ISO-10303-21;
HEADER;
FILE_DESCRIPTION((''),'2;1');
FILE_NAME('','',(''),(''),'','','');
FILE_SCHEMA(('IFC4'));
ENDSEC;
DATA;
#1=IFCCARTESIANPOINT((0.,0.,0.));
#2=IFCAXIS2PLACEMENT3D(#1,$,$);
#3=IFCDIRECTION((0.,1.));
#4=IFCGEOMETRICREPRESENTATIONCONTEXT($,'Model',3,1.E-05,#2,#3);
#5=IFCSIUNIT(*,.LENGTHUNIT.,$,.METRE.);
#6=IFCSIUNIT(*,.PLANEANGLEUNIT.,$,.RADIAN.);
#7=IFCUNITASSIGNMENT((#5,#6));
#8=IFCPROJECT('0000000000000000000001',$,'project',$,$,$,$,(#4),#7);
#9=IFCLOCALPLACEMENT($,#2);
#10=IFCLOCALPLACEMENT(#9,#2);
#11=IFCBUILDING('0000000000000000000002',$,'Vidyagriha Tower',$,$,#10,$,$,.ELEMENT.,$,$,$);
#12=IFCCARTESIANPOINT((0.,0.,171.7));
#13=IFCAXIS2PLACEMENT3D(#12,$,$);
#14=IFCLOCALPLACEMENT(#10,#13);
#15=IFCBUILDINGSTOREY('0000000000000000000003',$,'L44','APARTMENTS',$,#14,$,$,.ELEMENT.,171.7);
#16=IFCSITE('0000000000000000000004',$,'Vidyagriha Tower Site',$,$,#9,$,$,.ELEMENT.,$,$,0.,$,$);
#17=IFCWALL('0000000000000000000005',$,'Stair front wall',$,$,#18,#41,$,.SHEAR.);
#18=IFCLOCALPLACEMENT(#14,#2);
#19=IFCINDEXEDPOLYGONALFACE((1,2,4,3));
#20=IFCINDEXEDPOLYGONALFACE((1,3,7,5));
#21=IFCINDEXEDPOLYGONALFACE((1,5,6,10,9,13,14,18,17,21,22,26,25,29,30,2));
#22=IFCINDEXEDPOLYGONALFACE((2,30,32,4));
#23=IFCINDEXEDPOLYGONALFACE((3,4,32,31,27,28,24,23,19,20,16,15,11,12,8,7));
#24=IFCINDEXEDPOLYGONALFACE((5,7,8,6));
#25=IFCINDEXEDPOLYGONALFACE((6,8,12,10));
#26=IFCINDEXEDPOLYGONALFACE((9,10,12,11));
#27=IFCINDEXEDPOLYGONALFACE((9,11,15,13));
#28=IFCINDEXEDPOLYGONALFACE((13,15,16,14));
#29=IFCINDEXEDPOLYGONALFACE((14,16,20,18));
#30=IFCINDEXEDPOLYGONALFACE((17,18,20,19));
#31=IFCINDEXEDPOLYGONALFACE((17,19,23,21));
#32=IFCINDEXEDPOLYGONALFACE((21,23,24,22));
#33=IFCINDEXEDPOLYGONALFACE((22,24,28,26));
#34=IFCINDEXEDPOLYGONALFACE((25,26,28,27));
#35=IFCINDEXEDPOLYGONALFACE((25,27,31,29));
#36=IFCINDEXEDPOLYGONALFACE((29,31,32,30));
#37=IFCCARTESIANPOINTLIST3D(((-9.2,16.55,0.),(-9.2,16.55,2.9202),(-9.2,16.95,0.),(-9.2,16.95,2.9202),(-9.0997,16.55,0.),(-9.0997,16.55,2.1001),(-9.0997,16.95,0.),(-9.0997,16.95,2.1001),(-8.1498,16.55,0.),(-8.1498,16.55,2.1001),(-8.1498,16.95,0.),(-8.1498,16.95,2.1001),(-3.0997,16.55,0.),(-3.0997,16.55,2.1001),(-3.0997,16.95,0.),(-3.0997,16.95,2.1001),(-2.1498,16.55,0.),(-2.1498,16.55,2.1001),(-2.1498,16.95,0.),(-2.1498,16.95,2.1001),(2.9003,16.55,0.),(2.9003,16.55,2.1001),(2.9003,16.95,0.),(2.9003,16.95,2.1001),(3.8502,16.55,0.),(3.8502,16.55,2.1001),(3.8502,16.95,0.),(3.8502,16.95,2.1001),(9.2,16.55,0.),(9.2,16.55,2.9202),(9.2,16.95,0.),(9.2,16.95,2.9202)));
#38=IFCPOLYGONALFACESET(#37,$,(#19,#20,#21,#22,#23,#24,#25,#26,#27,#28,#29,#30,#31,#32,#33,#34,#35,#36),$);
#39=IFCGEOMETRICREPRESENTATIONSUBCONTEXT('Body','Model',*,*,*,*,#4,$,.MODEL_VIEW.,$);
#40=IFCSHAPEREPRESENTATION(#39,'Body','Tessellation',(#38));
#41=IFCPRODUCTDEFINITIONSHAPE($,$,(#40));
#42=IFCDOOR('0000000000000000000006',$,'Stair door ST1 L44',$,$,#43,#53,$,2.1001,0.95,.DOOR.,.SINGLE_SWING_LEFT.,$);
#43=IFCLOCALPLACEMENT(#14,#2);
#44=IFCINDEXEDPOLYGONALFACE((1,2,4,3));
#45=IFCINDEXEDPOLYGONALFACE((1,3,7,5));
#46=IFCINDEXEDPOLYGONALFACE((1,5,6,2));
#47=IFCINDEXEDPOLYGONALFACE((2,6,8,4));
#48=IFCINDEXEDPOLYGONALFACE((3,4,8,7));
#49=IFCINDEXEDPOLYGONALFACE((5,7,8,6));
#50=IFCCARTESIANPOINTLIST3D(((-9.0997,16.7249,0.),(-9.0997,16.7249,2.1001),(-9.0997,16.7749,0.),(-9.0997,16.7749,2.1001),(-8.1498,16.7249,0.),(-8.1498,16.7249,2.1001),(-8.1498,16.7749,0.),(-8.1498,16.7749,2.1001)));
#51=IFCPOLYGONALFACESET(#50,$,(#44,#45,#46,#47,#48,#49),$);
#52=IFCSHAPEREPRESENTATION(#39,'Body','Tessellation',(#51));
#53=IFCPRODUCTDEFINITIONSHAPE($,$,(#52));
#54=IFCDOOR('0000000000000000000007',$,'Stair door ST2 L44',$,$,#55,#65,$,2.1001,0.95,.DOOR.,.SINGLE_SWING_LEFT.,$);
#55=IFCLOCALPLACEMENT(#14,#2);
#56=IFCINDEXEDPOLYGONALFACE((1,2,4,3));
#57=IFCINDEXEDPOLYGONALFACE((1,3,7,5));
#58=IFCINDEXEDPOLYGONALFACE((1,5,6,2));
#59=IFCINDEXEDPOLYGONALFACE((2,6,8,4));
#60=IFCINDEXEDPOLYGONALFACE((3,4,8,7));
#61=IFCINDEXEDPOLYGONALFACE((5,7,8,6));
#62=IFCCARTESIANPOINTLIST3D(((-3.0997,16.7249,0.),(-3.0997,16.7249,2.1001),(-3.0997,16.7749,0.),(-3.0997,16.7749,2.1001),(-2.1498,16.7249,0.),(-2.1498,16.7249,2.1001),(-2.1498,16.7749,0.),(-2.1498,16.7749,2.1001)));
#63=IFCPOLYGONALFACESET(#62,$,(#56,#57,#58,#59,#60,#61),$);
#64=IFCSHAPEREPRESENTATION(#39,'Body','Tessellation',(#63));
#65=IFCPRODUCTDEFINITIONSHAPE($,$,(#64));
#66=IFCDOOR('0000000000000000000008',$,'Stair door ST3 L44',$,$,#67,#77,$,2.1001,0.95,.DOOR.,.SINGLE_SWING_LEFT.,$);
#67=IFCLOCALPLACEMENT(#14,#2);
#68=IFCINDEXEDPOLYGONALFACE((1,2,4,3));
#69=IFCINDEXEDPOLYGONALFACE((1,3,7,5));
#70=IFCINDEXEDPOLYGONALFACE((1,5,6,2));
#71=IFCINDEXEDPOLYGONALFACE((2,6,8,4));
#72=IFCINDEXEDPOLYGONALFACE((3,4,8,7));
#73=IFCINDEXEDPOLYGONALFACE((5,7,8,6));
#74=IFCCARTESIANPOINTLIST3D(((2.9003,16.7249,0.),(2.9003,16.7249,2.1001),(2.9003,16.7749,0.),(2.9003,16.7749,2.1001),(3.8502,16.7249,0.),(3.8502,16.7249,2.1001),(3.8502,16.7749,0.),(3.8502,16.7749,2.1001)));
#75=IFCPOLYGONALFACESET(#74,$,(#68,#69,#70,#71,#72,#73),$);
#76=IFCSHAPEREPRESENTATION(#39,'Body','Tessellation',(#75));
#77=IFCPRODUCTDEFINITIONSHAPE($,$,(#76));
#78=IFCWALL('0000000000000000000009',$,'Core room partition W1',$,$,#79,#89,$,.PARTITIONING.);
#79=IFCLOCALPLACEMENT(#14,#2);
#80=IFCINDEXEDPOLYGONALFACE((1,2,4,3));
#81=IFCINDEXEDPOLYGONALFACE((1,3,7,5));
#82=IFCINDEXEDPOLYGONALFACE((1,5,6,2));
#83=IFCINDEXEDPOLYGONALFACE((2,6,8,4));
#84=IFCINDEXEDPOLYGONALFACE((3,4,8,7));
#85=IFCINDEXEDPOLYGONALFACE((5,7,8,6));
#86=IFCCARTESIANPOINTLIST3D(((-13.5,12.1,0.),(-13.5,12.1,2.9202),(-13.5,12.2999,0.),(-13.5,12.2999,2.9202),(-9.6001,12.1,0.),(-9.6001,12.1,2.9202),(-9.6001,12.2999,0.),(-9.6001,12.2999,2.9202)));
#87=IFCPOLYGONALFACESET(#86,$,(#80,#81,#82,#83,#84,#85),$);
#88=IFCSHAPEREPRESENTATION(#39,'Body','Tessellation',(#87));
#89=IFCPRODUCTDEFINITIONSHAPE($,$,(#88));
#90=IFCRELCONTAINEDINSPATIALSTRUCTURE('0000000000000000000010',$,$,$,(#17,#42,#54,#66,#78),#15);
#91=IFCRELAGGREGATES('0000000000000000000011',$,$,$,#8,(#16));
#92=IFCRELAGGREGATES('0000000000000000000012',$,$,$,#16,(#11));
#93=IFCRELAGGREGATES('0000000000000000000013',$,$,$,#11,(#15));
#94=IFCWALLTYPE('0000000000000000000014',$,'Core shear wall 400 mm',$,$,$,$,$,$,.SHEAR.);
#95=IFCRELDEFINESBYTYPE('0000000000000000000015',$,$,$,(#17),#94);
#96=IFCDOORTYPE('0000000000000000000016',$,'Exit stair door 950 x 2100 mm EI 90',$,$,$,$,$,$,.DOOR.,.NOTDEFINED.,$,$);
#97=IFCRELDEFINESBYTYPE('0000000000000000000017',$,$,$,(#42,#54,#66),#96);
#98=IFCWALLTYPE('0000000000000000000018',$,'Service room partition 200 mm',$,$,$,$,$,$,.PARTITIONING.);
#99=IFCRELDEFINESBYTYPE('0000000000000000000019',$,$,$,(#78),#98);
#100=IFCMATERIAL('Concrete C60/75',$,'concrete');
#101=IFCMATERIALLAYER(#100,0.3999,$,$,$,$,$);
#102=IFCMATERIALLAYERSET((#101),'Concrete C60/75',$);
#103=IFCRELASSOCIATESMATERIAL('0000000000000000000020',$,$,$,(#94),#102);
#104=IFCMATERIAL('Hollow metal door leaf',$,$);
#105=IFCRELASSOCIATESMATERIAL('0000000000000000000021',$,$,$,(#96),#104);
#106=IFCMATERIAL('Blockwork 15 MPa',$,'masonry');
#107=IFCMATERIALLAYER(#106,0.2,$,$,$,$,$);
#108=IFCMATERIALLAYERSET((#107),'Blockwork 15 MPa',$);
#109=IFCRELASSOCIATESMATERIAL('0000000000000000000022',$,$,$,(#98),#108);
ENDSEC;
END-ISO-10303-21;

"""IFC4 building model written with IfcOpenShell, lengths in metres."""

from ifc_helpers import new_model, si_unit, direction, frame, frame_2d, origin, place, context, subcontext, project, spatial, rectangle, extrude, material, layer, layer_set, type_object, element, fill, save


model = new_model("IFC4")

# Units and contexts
model_context = context("Model", 3, precision=1e-05, world=origin(), true_north=direction((0.0, 1.0)))
body_context = subcontext(model_context, "Body", "Model", "MODEL_VIEW")
ifc_project = project(units=[si_unit("LENGTHUNIT", "METRE"), si_unit("PLANEANGLEUNIT", "RADIAN")], contexts=[model_context])

# Site, building, storey
site_placement = place(None, origin())
site = spatial("IfcSite", under=ifc_project, at=site_placement, Name="Vidyagriha Tower Site", CompositionType="ELEMENT", RefElevation=0.0)
building_placement = place(site_placement, origin())
building = spatial("IfcBuilding", under=site, at=building_placement, Name="Vidyagriha Tower", CompositionType="ELEMENT")
storey_placement = place(building_placement, frame((0.0, 0.0, 171.7)))
storey = spatial("IfcBuildingStorey", under=building, at=storey_placement, Name="L44", Description="APARTMENTS", CompositionType="ELEMENT", Elevation=171.7)

# Shared definitions
ifc_material_1 = material(Name="Concrete C60/75", Category="concrete")
ifc_layer_1 = layer(ifc_material_1, 0.3999)
ifc_layer_set_1 = layer_set([ifc_layer_1], Name="Concrete C60/75")
wall_type_1 = type_object("IfcWallType", Name="Core shear wall 400 mm", PredefinedType="SHEAR", material=ifc_layer_set_1)

# Wall, openings, doors
wall_1_placement = place(storey_placement, frame((-9.2, 16.75, 0.0)))
wall_1 = element("IfcWall", 1, at=wall_1_placement, inside=storey, type_object=wall_type_1, Name="Stair front wall", PredefinedType="SHEAR", context=body_context, shape_type="SweptSolid", body=[
    extrude(rectangle(XDim=18.3999, YDim=0.3999, at=frame_2d((9.2, 0.0))), origin(), (0.0, 0.0, 1.0), 2.9202),
])
opening_1_placement = place(wall_1_placement, frame((0.1001, 0.0, 0.0)))
opening_1 = element("IfcOpeningElement", 2, at=opening_1_placement, cuts=wall_1, PredefinedType="OPENING", context=body_context, shape_type="SweptSolid", body=[
    extrude(rectangle(XDim=0.95, YDim=2.1001, at=frame_2d((0.4751, 1.05))), frame((0.0, 0.21, 0.0), z_axis=(0.0, -1.0, 0.0), x_axis=(1.0, 0.0, 0.0)), (0.0, 0.0, 1.0), 0.4199),
])
opening_2_placement = place(wall_1_placement, frame((6.1001, 0.0, 0.0)))
opening_2 = element("IfcOpeningElement", 3, at=opening_2_placement, cuts=wall_1, PredefinedType="OPENING", context=body_context, shape_type="SweptSolid", body=[
    extrude(rectangle(XDim=0.95, YDim=2.1001, at=frame_2d((0.4751, 1.05))), frame((0.0, 0.21, 0.0), z_axis=(0.0, -1.0, 0.0), x_axis=(1.0, 0.0, 0.0)), (0.0, 0.0, 1.0), 0.4199),
])
opening_3_placement = place(wall_1_placement, frame((12.1001, 0.0, 0.0)))
opening_3 = element("IfcOpeningElement", 4, at=opening_3_placement, cuts=wall_1, PredefinedType="OPENING", context=body_context, shape_type="SweptSolid", body=[
    extrude(rectangle(XDim=0.95, YDim=2.1001, at=frame_2d((0.4751, 1.05))), frame((0.0, 0.21, 0.0), z_axis=(0.0, -1.0, 0.0), x_axis=(1.0, 0.0, 0.0)), (0.0, 0.0, 1.0), 0.4199),
])
ifc_material_2 = material(Name="Hollow metal door leaf")
door_type_1 = type_object("IfcDoorType", Name="Exit stair door 950 x 2100 mm EI 90", OperationType="NOTDEFINED", PredefinedType="DOOR", material=ifc_material_2)
door_1_placement = place(opening_1_placement, origin())
door_1 = element("IfcDoor", 5, at=door_1_placement, inside=storey, type_object=door_type_1, Name="Stair door ST1 L44", OperationType="SINGLE_SWING_LEFT", OverallHeight=2.1001, OverallWidth=0.95, PredefinedType="DOOR", context=body_context, shape_type="SweptSolid", body=[
    extrude(rectangle(XDim=0.95, YDim=2.1001, at=frame_2d((0.4751, 1.05))), frame((0.0, 0.0249, 0.0), z_axis=(0.0, -1.0, 0.0), x_axis=(1.0, 0.0, 0.0)), (0.0, 0.0, 1.0), 0.05),
])
fill(opening_1, door_1)
door_2_placement = place(opening_2_placement, origin())
door_2 = element("IfcDoor", 6, at=door_2_placement, inside=storey, type_object=door_type_1, Name="Stair door ST2 L44", OperationType="SINGLE_SWING_LEFT", OverallHeight=2.1001, OverallWidth=0.95, PredefinedType="DOOR", context=body_context, shape_type="SweptSolid", body=[
    extrude(rectangle(XDim=0.95, YDim=2.1001, at=frame_2d((0.4751, 1.05))), frame((0.0, 0.0249, 0.0), z_axis=(0.0, -1.0, 0.0), x_axis=(1.0, 0.0, 0.0)), (0.0, 0.0, 1.0), 0.05),
])
fill(opening_2, door_2)
door_3_placement = place(opening_3_placement, origin())
door_3 = element("IfcDoor", 7, at=door_3_placement, inside=storey, type_object=door_type_1, Name="Stair door ST3 L44", OperationType="SINGLE_SWING_LEFT", OverallHeight=2.1001, OverallWidth=0.95, PredefinedType="DOOR", context=body_context, shape_type="SweptSolid", body=[
    extrude(rectangle(XDim=0.95, YDim=2.1001, at=frame_2d((0.4751, 1.05))), frame((0.0, 0.0249, 0.0), z_axis=(0.0, -1.0, 0.0), x_axis=(1.0, 0.0, 0.0)), (0.0, 0.0, 1.0), 0.05),
])
fill(opening_3, door_3)

# Wall
ifc_material_3 = material(Name="Blockwork 15 MPa", Category="masonry")
ifc_layer_2 = layer(ifc_material_3, 0.2)
ifc_layer_set_2 = layer_set([ifc_layer_2], Name="Blockwork 15 MPa")
wall_type_2 = type_object("IfcWallType", Name="Service room partition 200 mm", PredefinedType="PARTITIONING", material=ifc_layer_set_2)
wall_2_placement = place(storey_placement, frame((-13.5, 12.2, 0.0)))
element("IfcWall", 8, at=wall_2_placement, inside=storey, type_object=wall_type_2, Name="Core room partition W1", PredefinedType="PARTITIONING", context=body_context, shape_type="SweptSolid", body=[
    extrude(rectangle(XDim=3.8999, YDim=0.2, at=frame_2d((1.95, 0.0))), origin(), (0.0, 0.0, 1.0), 2.9202),
])

save(model, "model.ifc")
